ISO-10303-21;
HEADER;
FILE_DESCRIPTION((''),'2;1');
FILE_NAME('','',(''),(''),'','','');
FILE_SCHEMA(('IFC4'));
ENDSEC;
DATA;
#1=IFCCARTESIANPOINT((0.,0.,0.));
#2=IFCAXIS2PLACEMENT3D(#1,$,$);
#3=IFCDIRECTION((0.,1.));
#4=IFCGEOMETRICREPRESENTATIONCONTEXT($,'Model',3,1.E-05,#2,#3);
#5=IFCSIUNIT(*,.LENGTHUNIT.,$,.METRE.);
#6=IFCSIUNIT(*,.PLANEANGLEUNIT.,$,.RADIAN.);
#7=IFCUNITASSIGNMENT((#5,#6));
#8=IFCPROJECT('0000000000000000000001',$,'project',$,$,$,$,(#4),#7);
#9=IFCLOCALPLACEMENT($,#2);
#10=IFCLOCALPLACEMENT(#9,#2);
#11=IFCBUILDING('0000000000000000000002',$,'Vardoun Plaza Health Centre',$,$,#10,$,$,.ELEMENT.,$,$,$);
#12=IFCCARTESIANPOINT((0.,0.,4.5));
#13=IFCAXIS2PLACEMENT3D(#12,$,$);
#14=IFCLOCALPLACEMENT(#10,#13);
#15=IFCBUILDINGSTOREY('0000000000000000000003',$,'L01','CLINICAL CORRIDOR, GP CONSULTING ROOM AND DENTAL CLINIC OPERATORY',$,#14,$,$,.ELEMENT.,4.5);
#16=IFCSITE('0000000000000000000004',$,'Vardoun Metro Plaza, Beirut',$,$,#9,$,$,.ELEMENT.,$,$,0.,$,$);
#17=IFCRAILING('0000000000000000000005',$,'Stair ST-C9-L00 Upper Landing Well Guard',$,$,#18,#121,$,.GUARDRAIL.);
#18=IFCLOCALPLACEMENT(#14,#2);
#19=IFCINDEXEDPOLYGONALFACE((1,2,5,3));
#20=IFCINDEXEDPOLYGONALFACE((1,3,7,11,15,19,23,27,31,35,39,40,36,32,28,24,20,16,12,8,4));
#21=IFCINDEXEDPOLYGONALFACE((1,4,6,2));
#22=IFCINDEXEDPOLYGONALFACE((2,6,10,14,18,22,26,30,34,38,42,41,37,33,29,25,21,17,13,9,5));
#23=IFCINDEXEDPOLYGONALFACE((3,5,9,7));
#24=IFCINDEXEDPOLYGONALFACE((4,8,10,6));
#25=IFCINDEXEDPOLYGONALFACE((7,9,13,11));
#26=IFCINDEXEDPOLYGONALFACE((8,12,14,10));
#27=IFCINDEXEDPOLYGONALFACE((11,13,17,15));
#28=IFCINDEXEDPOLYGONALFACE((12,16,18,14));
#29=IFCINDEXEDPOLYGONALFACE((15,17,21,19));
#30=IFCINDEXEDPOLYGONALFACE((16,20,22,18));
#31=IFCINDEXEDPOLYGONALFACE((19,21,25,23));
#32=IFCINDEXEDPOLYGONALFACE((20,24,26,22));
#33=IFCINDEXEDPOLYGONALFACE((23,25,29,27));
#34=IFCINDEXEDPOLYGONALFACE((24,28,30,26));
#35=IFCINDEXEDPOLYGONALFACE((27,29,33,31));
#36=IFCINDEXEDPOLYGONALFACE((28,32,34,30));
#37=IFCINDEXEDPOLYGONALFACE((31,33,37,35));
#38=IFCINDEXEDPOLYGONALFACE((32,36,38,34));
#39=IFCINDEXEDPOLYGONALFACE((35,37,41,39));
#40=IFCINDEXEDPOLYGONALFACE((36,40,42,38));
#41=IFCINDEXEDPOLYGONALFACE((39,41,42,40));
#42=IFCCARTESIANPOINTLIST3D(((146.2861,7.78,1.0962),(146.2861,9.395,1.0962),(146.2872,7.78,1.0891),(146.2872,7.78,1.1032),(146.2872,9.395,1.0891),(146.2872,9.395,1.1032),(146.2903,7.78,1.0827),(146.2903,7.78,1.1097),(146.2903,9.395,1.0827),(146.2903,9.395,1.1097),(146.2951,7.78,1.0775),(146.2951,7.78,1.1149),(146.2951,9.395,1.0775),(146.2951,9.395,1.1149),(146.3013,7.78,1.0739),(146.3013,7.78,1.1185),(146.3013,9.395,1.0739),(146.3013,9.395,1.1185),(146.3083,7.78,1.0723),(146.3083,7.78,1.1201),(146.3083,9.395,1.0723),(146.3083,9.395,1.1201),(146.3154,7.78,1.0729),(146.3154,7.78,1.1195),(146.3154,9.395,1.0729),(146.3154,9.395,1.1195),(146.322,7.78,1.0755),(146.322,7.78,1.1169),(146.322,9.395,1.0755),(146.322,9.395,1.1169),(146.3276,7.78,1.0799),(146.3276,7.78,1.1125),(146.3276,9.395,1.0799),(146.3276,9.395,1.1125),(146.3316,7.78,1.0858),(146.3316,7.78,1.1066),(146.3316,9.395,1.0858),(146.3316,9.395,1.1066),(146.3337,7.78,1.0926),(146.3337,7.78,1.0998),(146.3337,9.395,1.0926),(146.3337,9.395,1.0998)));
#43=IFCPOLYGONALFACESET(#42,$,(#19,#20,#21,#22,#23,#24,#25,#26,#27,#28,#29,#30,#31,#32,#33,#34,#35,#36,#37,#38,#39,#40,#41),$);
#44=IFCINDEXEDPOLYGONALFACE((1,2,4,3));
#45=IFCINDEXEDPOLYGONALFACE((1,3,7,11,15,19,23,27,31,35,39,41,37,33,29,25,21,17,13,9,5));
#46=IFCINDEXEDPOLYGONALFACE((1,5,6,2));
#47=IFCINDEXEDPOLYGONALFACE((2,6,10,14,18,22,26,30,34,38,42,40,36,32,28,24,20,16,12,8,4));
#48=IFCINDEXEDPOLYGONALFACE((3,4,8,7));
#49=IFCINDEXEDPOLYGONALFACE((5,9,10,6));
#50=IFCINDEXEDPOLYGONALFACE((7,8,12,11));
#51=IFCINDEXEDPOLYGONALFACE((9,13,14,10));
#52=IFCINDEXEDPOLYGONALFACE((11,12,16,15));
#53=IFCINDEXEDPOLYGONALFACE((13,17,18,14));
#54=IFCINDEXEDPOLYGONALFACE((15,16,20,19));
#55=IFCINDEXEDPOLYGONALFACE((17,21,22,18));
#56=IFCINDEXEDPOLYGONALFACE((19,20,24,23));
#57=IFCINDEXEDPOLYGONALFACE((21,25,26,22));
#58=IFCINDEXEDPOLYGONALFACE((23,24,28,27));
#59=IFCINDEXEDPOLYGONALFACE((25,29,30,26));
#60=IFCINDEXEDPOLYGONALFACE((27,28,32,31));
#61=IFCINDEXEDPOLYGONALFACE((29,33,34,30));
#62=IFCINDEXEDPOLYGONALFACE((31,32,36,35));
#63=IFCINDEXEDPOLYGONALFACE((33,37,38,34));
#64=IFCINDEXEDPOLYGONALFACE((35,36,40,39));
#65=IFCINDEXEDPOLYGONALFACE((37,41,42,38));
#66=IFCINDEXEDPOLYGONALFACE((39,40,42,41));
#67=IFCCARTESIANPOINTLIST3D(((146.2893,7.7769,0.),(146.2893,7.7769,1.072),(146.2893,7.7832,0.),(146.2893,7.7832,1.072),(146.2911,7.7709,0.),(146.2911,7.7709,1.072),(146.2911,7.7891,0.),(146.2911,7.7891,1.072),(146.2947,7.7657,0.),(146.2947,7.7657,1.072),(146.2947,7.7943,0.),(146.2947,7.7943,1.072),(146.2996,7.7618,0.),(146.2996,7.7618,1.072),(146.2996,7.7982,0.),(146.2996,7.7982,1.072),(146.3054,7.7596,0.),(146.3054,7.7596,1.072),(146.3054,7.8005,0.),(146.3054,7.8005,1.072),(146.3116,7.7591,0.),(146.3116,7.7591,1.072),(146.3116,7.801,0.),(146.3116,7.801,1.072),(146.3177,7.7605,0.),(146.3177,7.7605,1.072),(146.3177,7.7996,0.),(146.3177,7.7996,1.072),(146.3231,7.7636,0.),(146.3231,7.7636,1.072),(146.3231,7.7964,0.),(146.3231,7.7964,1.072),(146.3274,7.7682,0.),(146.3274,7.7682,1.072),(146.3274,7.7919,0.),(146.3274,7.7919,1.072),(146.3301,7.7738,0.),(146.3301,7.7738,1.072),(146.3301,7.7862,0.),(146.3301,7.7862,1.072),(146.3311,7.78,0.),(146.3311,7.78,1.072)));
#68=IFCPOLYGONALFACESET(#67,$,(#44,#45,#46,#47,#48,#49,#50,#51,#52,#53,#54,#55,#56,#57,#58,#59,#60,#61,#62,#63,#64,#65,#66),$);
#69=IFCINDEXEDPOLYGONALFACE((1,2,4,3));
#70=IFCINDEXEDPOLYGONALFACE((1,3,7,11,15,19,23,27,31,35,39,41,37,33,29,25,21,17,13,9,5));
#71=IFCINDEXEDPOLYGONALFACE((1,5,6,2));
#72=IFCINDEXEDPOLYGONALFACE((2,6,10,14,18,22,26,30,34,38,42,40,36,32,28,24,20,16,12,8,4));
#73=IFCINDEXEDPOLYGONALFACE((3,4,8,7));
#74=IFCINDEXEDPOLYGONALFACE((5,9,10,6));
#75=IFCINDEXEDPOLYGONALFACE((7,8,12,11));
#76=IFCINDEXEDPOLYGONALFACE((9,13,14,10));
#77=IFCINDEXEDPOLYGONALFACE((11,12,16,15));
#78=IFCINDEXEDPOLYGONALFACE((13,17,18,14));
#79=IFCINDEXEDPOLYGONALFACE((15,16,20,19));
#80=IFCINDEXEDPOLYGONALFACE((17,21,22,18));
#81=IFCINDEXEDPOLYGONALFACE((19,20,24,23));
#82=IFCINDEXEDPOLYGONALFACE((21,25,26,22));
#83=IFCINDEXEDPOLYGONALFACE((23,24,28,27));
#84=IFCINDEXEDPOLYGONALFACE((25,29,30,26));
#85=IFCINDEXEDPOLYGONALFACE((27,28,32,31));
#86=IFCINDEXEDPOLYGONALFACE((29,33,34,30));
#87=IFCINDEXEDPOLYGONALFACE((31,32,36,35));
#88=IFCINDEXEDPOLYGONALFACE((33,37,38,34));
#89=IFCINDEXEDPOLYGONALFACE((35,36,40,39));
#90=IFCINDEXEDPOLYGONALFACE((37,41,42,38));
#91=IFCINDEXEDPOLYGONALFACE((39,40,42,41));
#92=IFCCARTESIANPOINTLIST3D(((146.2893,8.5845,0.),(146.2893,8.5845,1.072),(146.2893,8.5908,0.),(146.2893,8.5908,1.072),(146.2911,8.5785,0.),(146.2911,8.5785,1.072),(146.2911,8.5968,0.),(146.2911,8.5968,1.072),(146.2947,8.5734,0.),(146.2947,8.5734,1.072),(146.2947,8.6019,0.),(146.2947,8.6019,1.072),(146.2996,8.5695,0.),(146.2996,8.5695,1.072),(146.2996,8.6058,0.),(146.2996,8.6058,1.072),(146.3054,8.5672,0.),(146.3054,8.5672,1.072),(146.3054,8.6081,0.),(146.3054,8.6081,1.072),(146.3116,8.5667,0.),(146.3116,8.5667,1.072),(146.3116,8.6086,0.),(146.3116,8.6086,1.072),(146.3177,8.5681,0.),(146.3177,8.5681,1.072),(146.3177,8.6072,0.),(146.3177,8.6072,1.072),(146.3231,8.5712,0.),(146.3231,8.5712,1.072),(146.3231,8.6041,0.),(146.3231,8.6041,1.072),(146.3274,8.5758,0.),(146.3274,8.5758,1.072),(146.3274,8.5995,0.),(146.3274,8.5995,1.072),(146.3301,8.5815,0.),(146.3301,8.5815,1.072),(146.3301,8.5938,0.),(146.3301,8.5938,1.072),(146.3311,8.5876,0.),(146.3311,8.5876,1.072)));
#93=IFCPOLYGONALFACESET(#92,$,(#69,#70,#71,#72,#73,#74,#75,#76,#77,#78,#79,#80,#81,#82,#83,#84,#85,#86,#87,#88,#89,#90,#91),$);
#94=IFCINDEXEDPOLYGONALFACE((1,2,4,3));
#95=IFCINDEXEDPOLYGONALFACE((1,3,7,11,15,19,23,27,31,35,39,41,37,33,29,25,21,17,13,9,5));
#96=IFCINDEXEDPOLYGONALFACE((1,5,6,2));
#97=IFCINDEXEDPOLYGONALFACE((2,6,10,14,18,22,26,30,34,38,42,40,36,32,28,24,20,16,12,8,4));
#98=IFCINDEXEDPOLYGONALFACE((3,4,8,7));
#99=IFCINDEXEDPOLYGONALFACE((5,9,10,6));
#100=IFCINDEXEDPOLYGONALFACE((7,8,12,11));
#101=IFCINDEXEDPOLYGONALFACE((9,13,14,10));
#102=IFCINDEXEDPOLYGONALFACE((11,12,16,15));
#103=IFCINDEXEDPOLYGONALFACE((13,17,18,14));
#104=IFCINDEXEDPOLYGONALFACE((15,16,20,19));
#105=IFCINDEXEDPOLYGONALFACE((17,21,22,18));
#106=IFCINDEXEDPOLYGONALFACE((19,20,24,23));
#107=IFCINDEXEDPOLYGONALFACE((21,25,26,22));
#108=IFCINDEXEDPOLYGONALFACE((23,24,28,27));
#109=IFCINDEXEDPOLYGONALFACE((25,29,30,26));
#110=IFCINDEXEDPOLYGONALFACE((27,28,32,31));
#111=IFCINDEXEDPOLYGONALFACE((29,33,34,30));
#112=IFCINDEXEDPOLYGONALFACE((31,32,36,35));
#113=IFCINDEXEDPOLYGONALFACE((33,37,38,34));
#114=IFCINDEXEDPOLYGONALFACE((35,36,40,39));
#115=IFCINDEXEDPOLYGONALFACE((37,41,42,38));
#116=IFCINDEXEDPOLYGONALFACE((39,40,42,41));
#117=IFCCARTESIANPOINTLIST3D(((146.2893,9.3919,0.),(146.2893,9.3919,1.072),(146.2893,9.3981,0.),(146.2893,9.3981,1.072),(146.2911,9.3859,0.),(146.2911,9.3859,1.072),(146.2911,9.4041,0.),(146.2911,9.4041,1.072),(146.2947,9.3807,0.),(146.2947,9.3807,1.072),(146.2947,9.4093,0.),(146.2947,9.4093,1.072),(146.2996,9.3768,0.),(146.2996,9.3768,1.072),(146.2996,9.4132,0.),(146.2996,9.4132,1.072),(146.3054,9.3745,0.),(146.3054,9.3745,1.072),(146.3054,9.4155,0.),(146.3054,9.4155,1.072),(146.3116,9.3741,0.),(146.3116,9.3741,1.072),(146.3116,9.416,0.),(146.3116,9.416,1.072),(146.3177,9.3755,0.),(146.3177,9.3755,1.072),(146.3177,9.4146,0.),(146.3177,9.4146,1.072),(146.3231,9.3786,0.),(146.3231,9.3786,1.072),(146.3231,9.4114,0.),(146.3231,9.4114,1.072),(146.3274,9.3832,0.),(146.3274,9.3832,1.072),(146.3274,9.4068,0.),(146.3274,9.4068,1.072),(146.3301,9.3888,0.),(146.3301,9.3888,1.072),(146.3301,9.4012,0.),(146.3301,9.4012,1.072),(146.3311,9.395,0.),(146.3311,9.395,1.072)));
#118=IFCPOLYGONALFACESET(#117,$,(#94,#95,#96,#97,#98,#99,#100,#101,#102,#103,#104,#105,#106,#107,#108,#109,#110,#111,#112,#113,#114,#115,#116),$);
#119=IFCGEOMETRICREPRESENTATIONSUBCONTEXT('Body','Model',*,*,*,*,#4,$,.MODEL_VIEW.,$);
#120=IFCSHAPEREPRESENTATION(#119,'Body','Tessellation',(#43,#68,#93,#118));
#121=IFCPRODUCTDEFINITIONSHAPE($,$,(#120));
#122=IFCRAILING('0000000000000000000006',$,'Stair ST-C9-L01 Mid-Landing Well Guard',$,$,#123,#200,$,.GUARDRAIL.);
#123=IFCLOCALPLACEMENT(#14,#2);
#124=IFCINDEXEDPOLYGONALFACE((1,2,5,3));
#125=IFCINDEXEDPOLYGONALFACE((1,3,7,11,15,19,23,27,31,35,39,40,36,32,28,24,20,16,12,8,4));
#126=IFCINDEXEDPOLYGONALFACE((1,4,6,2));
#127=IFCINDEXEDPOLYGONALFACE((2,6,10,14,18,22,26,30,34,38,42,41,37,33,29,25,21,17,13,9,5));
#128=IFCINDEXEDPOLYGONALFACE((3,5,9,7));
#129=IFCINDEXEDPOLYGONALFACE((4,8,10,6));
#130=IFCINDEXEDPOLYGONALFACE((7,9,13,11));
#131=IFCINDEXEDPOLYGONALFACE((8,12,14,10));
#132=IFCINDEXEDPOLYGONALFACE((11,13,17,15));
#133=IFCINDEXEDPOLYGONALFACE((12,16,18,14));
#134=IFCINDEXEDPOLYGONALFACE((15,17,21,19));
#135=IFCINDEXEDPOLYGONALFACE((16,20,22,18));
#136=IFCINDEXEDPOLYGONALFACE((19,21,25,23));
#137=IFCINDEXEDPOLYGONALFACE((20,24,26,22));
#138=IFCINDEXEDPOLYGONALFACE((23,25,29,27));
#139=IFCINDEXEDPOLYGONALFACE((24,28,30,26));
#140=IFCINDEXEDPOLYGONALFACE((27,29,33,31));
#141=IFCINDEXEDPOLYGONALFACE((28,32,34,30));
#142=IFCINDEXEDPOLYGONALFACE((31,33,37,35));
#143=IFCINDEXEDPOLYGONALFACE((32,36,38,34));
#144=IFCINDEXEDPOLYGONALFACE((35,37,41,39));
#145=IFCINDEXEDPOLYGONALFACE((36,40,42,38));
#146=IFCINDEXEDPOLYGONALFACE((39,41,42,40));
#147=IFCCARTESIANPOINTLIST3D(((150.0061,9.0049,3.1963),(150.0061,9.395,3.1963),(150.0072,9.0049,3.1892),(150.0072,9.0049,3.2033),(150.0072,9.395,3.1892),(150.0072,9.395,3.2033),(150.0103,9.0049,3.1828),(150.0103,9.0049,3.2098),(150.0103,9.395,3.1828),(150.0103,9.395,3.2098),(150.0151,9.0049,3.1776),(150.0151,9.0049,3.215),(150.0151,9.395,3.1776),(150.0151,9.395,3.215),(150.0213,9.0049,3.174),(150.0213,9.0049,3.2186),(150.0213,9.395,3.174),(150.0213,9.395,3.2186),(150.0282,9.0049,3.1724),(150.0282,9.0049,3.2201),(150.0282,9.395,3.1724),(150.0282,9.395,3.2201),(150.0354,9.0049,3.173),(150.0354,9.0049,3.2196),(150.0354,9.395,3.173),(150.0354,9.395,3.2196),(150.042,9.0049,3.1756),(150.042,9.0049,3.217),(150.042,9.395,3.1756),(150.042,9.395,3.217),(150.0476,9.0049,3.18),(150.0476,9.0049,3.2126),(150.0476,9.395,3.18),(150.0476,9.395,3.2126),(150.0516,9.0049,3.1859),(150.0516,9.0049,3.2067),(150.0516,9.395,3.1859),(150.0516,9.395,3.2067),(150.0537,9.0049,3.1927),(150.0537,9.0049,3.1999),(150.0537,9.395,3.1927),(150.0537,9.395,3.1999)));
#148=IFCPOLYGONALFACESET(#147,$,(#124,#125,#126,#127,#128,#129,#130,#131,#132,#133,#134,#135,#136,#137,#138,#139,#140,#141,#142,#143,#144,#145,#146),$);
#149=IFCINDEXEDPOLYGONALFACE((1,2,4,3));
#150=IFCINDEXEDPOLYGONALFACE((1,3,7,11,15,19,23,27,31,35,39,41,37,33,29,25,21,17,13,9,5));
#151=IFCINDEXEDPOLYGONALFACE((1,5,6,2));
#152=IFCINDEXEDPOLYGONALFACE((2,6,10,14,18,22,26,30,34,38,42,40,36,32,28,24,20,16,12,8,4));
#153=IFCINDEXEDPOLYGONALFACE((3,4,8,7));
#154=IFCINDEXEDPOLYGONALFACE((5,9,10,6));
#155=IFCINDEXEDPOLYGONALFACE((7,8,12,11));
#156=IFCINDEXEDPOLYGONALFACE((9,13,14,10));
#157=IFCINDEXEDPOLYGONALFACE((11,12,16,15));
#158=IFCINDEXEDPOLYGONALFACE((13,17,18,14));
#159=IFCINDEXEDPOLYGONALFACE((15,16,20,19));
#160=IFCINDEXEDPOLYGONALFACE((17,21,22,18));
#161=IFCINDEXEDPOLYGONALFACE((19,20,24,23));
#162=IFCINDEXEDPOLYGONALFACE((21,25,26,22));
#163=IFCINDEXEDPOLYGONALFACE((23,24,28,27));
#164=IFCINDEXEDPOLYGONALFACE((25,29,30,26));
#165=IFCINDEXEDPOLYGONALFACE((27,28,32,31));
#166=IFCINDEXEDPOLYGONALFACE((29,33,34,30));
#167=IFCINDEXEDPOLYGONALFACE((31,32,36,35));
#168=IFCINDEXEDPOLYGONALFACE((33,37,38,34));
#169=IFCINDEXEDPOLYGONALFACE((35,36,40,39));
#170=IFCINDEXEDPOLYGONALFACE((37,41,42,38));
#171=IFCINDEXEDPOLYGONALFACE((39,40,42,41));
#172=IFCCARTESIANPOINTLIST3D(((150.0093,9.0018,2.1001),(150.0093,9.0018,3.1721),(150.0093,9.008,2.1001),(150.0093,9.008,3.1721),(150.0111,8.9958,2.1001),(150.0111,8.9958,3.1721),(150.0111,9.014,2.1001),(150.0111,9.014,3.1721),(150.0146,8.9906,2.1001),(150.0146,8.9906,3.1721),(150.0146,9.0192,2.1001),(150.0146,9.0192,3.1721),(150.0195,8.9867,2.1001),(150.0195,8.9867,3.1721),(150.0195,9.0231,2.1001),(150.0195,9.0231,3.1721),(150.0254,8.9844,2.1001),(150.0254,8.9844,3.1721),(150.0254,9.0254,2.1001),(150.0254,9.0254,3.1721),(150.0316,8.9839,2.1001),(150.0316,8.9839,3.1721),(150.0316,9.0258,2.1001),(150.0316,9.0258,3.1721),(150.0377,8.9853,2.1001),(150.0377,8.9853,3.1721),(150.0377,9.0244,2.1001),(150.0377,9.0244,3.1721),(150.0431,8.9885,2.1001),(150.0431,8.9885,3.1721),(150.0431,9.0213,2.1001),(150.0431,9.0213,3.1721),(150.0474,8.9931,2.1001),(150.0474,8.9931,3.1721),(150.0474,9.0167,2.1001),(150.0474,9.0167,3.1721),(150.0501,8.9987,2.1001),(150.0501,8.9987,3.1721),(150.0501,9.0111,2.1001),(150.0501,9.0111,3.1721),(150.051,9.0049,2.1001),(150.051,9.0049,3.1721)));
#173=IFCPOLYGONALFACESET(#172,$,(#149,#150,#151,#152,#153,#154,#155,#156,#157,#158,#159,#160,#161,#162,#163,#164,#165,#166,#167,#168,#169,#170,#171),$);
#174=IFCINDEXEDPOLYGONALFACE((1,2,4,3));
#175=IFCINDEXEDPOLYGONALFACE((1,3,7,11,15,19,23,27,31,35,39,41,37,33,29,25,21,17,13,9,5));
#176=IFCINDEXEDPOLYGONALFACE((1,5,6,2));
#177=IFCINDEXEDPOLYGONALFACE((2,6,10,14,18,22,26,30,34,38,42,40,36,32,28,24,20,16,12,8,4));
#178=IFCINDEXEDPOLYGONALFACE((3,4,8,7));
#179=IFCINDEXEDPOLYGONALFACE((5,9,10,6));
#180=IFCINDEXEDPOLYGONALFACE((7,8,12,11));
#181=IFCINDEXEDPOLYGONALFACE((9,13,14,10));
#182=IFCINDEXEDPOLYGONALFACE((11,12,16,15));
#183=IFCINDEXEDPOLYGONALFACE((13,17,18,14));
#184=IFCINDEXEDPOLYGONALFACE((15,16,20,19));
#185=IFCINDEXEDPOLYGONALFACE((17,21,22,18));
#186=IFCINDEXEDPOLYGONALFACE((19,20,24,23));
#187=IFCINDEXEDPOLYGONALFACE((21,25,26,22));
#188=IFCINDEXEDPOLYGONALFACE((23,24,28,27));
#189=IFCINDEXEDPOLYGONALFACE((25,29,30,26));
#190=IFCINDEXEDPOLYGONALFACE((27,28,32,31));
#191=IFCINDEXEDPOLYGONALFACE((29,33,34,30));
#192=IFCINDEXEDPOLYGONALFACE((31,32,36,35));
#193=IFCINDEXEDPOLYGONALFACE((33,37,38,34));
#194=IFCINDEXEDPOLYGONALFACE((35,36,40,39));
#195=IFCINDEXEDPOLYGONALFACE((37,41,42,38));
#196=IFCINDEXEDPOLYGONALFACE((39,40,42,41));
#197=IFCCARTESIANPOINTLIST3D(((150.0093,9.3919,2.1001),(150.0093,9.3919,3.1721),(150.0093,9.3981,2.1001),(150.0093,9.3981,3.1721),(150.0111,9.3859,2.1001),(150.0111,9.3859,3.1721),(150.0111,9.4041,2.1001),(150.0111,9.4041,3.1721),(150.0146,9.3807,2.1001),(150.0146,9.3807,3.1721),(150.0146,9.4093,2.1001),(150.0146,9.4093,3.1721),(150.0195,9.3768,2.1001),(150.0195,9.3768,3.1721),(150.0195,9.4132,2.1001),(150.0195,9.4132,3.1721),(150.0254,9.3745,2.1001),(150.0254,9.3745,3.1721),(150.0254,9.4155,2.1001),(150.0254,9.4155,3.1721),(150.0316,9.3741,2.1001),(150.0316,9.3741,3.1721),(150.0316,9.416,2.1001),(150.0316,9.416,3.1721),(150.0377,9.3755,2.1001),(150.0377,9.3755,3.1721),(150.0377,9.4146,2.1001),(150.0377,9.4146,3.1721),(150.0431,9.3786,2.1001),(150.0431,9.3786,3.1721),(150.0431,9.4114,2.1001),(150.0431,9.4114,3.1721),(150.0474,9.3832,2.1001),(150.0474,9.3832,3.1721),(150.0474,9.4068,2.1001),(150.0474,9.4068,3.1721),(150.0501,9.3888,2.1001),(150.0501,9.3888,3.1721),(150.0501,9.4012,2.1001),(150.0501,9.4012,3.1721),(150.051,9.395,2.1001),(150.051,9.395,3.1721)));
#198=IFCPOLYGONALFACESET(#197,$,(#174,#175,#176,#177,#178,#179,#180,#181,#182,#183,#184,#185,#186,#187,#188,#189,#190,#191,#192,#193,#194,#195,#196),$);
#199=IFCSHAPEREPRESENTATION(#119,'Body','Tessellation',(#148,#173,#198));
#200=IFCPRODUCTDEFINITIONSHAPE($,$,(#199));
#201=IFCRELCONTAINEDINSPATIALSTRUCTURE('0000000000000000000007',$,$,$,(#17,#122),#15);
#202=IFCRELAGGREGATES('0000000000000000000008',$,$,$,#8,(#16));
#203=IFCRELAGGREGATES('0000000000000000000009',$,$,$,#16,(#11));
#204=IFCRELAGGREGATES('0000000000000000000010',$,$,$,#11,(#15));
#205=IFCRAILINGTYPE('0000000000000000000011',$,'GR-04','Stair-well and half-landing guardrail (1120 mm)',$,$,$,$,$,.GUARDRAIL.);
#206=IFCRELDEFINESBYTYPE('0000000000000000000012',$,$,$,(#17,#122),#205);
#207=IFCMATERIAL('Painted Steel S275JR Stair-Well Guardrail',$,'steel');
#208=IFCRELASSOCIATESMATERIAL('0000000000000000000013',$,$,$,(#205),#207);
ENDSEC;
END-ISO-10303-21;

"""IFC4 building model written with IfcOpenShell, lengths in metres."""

from ifc_helpers import new_model, si_unit, direction, frame, origin, origin_2d, place, context, subcontext, project, spatial, circle, extrude, material, type_object, element, save


model = new_model("IFC4")

# Units and contexts
model_context = context("Model", 3, precision=1e-05, world=origin(), true_north=direction((0.0, 1.0)))
body_context = subcontext(model_context, "Body", "Model", "MODEL_VIEW")
ifc_project = project(units=[si_unit("LENGTHUNIT", "METRE"), si_unit("PLANEANGLEUNIT", "RADIAN")], contexts=[model_context])

# Site, building, storey
site_placement = place(None, origin())
site = spatial("IfcSite", under=ifc_project, at=site_placement, Name="Vardoun Metro Plaza, Beirut", CompositionType="ELEMENT", RefElevation=0.0)
building_placement = place(site_placement, origin())
building = spatial("IfcBuilding", under=site, at=building_placement, Name="Vardoun Plaza Health Centre", CompositionType="ELEMENT")
storey_placement = place(building_placement, frame((0.0, 0.0, 4.5)))
storey = spatial("IfcBuildingStorey", under=building, at=storey_placement, Name="L01", Description="CLINICAL CORRIDOR, GP CONSULTING ROOM AND DENTAL CLINIC OPERATORY", CompositionType="ELEMENT", Elevation=4.5)

# Railings
ifc_material_1 = material(Name="Painted Steel S275JR Stair-Well Guardrail", Category="steel")
railing_type_1 = type_object("IfcRailingType", Name="GR-04", Description="Stair-well and half-landing guardrail (1120 mm)", PredefinedType="GUARDRAIL", material=ifc_material_1)
railing_1_placement = place(storey_placement, frame((146.3101, 7.78, 0.0)))
element("IfcRailing", 1, at=railing_1_placement, inside=storey, type_object=railing_type_1, Name="Stair ST-C9-L00 Upper Landing Well Guard", PredefinedType="GUARDRAIL", context=body_context, shape_type="SweptSolid", body=[
    extrude(circle(Radius=0.0239, at=origin_2d()), frame((0.0, 0.0, 1.0962), z_axis=(0.0, 1.0, 0.0), x_axis=(-1.0, 0.0, 0.0)), (0.0, 0.0, 1.0), 1.615),
    extrude(circle(Radius=0.021, at=origin_2d()), origin(), (0.0, 0.0, 1.0), 1.072),
    extrude(circle(Radius=0.021, at=origin_2d()), frame((0.0, 0.8076, 0.0)), (0.0, 0.0, 1.0), 1.072),
    extrude(circle(Radius=0.021, at=origin_2d()), frame((0.0, 1.615, 0.0)), (0.0, 0.0, 1.0), 1.072),
])
railing_2_placement = place(storey_placement, frame((150.03, 9.0049, 2.1001)))
element("IfcRailing", 2, at=railing_2_placement, inside=storey, type_object=railing_type_1, Name="Stair ST-C9-L01 Mid-Landing Well Guard", PredefinedType="GUARDRAIL", context=body_context, shape_type="SweptSolid", body=[
    extrude(circle(Radius=0.0239, at=origin_2d()), frame((0.0, 0.0, 1.0962), z_axis=(0.0, 1.0, 0.0), x_axis=(-1.0, 0.0, 0.0)), (0.0, 0.0, 1.0), 0.3901),
    extrude(circle(Radius=0.021, at=origin_2d()), origin(), (0.0, 0.0, 1.0), 1.072),
    extrude(circle(Radius=0.021, at=origin_2d()), frame((0.0, 0.3901, 0.0)), (0.0, 0.0, 1.0), 1.072),
])

save(model, "model.ifc")
